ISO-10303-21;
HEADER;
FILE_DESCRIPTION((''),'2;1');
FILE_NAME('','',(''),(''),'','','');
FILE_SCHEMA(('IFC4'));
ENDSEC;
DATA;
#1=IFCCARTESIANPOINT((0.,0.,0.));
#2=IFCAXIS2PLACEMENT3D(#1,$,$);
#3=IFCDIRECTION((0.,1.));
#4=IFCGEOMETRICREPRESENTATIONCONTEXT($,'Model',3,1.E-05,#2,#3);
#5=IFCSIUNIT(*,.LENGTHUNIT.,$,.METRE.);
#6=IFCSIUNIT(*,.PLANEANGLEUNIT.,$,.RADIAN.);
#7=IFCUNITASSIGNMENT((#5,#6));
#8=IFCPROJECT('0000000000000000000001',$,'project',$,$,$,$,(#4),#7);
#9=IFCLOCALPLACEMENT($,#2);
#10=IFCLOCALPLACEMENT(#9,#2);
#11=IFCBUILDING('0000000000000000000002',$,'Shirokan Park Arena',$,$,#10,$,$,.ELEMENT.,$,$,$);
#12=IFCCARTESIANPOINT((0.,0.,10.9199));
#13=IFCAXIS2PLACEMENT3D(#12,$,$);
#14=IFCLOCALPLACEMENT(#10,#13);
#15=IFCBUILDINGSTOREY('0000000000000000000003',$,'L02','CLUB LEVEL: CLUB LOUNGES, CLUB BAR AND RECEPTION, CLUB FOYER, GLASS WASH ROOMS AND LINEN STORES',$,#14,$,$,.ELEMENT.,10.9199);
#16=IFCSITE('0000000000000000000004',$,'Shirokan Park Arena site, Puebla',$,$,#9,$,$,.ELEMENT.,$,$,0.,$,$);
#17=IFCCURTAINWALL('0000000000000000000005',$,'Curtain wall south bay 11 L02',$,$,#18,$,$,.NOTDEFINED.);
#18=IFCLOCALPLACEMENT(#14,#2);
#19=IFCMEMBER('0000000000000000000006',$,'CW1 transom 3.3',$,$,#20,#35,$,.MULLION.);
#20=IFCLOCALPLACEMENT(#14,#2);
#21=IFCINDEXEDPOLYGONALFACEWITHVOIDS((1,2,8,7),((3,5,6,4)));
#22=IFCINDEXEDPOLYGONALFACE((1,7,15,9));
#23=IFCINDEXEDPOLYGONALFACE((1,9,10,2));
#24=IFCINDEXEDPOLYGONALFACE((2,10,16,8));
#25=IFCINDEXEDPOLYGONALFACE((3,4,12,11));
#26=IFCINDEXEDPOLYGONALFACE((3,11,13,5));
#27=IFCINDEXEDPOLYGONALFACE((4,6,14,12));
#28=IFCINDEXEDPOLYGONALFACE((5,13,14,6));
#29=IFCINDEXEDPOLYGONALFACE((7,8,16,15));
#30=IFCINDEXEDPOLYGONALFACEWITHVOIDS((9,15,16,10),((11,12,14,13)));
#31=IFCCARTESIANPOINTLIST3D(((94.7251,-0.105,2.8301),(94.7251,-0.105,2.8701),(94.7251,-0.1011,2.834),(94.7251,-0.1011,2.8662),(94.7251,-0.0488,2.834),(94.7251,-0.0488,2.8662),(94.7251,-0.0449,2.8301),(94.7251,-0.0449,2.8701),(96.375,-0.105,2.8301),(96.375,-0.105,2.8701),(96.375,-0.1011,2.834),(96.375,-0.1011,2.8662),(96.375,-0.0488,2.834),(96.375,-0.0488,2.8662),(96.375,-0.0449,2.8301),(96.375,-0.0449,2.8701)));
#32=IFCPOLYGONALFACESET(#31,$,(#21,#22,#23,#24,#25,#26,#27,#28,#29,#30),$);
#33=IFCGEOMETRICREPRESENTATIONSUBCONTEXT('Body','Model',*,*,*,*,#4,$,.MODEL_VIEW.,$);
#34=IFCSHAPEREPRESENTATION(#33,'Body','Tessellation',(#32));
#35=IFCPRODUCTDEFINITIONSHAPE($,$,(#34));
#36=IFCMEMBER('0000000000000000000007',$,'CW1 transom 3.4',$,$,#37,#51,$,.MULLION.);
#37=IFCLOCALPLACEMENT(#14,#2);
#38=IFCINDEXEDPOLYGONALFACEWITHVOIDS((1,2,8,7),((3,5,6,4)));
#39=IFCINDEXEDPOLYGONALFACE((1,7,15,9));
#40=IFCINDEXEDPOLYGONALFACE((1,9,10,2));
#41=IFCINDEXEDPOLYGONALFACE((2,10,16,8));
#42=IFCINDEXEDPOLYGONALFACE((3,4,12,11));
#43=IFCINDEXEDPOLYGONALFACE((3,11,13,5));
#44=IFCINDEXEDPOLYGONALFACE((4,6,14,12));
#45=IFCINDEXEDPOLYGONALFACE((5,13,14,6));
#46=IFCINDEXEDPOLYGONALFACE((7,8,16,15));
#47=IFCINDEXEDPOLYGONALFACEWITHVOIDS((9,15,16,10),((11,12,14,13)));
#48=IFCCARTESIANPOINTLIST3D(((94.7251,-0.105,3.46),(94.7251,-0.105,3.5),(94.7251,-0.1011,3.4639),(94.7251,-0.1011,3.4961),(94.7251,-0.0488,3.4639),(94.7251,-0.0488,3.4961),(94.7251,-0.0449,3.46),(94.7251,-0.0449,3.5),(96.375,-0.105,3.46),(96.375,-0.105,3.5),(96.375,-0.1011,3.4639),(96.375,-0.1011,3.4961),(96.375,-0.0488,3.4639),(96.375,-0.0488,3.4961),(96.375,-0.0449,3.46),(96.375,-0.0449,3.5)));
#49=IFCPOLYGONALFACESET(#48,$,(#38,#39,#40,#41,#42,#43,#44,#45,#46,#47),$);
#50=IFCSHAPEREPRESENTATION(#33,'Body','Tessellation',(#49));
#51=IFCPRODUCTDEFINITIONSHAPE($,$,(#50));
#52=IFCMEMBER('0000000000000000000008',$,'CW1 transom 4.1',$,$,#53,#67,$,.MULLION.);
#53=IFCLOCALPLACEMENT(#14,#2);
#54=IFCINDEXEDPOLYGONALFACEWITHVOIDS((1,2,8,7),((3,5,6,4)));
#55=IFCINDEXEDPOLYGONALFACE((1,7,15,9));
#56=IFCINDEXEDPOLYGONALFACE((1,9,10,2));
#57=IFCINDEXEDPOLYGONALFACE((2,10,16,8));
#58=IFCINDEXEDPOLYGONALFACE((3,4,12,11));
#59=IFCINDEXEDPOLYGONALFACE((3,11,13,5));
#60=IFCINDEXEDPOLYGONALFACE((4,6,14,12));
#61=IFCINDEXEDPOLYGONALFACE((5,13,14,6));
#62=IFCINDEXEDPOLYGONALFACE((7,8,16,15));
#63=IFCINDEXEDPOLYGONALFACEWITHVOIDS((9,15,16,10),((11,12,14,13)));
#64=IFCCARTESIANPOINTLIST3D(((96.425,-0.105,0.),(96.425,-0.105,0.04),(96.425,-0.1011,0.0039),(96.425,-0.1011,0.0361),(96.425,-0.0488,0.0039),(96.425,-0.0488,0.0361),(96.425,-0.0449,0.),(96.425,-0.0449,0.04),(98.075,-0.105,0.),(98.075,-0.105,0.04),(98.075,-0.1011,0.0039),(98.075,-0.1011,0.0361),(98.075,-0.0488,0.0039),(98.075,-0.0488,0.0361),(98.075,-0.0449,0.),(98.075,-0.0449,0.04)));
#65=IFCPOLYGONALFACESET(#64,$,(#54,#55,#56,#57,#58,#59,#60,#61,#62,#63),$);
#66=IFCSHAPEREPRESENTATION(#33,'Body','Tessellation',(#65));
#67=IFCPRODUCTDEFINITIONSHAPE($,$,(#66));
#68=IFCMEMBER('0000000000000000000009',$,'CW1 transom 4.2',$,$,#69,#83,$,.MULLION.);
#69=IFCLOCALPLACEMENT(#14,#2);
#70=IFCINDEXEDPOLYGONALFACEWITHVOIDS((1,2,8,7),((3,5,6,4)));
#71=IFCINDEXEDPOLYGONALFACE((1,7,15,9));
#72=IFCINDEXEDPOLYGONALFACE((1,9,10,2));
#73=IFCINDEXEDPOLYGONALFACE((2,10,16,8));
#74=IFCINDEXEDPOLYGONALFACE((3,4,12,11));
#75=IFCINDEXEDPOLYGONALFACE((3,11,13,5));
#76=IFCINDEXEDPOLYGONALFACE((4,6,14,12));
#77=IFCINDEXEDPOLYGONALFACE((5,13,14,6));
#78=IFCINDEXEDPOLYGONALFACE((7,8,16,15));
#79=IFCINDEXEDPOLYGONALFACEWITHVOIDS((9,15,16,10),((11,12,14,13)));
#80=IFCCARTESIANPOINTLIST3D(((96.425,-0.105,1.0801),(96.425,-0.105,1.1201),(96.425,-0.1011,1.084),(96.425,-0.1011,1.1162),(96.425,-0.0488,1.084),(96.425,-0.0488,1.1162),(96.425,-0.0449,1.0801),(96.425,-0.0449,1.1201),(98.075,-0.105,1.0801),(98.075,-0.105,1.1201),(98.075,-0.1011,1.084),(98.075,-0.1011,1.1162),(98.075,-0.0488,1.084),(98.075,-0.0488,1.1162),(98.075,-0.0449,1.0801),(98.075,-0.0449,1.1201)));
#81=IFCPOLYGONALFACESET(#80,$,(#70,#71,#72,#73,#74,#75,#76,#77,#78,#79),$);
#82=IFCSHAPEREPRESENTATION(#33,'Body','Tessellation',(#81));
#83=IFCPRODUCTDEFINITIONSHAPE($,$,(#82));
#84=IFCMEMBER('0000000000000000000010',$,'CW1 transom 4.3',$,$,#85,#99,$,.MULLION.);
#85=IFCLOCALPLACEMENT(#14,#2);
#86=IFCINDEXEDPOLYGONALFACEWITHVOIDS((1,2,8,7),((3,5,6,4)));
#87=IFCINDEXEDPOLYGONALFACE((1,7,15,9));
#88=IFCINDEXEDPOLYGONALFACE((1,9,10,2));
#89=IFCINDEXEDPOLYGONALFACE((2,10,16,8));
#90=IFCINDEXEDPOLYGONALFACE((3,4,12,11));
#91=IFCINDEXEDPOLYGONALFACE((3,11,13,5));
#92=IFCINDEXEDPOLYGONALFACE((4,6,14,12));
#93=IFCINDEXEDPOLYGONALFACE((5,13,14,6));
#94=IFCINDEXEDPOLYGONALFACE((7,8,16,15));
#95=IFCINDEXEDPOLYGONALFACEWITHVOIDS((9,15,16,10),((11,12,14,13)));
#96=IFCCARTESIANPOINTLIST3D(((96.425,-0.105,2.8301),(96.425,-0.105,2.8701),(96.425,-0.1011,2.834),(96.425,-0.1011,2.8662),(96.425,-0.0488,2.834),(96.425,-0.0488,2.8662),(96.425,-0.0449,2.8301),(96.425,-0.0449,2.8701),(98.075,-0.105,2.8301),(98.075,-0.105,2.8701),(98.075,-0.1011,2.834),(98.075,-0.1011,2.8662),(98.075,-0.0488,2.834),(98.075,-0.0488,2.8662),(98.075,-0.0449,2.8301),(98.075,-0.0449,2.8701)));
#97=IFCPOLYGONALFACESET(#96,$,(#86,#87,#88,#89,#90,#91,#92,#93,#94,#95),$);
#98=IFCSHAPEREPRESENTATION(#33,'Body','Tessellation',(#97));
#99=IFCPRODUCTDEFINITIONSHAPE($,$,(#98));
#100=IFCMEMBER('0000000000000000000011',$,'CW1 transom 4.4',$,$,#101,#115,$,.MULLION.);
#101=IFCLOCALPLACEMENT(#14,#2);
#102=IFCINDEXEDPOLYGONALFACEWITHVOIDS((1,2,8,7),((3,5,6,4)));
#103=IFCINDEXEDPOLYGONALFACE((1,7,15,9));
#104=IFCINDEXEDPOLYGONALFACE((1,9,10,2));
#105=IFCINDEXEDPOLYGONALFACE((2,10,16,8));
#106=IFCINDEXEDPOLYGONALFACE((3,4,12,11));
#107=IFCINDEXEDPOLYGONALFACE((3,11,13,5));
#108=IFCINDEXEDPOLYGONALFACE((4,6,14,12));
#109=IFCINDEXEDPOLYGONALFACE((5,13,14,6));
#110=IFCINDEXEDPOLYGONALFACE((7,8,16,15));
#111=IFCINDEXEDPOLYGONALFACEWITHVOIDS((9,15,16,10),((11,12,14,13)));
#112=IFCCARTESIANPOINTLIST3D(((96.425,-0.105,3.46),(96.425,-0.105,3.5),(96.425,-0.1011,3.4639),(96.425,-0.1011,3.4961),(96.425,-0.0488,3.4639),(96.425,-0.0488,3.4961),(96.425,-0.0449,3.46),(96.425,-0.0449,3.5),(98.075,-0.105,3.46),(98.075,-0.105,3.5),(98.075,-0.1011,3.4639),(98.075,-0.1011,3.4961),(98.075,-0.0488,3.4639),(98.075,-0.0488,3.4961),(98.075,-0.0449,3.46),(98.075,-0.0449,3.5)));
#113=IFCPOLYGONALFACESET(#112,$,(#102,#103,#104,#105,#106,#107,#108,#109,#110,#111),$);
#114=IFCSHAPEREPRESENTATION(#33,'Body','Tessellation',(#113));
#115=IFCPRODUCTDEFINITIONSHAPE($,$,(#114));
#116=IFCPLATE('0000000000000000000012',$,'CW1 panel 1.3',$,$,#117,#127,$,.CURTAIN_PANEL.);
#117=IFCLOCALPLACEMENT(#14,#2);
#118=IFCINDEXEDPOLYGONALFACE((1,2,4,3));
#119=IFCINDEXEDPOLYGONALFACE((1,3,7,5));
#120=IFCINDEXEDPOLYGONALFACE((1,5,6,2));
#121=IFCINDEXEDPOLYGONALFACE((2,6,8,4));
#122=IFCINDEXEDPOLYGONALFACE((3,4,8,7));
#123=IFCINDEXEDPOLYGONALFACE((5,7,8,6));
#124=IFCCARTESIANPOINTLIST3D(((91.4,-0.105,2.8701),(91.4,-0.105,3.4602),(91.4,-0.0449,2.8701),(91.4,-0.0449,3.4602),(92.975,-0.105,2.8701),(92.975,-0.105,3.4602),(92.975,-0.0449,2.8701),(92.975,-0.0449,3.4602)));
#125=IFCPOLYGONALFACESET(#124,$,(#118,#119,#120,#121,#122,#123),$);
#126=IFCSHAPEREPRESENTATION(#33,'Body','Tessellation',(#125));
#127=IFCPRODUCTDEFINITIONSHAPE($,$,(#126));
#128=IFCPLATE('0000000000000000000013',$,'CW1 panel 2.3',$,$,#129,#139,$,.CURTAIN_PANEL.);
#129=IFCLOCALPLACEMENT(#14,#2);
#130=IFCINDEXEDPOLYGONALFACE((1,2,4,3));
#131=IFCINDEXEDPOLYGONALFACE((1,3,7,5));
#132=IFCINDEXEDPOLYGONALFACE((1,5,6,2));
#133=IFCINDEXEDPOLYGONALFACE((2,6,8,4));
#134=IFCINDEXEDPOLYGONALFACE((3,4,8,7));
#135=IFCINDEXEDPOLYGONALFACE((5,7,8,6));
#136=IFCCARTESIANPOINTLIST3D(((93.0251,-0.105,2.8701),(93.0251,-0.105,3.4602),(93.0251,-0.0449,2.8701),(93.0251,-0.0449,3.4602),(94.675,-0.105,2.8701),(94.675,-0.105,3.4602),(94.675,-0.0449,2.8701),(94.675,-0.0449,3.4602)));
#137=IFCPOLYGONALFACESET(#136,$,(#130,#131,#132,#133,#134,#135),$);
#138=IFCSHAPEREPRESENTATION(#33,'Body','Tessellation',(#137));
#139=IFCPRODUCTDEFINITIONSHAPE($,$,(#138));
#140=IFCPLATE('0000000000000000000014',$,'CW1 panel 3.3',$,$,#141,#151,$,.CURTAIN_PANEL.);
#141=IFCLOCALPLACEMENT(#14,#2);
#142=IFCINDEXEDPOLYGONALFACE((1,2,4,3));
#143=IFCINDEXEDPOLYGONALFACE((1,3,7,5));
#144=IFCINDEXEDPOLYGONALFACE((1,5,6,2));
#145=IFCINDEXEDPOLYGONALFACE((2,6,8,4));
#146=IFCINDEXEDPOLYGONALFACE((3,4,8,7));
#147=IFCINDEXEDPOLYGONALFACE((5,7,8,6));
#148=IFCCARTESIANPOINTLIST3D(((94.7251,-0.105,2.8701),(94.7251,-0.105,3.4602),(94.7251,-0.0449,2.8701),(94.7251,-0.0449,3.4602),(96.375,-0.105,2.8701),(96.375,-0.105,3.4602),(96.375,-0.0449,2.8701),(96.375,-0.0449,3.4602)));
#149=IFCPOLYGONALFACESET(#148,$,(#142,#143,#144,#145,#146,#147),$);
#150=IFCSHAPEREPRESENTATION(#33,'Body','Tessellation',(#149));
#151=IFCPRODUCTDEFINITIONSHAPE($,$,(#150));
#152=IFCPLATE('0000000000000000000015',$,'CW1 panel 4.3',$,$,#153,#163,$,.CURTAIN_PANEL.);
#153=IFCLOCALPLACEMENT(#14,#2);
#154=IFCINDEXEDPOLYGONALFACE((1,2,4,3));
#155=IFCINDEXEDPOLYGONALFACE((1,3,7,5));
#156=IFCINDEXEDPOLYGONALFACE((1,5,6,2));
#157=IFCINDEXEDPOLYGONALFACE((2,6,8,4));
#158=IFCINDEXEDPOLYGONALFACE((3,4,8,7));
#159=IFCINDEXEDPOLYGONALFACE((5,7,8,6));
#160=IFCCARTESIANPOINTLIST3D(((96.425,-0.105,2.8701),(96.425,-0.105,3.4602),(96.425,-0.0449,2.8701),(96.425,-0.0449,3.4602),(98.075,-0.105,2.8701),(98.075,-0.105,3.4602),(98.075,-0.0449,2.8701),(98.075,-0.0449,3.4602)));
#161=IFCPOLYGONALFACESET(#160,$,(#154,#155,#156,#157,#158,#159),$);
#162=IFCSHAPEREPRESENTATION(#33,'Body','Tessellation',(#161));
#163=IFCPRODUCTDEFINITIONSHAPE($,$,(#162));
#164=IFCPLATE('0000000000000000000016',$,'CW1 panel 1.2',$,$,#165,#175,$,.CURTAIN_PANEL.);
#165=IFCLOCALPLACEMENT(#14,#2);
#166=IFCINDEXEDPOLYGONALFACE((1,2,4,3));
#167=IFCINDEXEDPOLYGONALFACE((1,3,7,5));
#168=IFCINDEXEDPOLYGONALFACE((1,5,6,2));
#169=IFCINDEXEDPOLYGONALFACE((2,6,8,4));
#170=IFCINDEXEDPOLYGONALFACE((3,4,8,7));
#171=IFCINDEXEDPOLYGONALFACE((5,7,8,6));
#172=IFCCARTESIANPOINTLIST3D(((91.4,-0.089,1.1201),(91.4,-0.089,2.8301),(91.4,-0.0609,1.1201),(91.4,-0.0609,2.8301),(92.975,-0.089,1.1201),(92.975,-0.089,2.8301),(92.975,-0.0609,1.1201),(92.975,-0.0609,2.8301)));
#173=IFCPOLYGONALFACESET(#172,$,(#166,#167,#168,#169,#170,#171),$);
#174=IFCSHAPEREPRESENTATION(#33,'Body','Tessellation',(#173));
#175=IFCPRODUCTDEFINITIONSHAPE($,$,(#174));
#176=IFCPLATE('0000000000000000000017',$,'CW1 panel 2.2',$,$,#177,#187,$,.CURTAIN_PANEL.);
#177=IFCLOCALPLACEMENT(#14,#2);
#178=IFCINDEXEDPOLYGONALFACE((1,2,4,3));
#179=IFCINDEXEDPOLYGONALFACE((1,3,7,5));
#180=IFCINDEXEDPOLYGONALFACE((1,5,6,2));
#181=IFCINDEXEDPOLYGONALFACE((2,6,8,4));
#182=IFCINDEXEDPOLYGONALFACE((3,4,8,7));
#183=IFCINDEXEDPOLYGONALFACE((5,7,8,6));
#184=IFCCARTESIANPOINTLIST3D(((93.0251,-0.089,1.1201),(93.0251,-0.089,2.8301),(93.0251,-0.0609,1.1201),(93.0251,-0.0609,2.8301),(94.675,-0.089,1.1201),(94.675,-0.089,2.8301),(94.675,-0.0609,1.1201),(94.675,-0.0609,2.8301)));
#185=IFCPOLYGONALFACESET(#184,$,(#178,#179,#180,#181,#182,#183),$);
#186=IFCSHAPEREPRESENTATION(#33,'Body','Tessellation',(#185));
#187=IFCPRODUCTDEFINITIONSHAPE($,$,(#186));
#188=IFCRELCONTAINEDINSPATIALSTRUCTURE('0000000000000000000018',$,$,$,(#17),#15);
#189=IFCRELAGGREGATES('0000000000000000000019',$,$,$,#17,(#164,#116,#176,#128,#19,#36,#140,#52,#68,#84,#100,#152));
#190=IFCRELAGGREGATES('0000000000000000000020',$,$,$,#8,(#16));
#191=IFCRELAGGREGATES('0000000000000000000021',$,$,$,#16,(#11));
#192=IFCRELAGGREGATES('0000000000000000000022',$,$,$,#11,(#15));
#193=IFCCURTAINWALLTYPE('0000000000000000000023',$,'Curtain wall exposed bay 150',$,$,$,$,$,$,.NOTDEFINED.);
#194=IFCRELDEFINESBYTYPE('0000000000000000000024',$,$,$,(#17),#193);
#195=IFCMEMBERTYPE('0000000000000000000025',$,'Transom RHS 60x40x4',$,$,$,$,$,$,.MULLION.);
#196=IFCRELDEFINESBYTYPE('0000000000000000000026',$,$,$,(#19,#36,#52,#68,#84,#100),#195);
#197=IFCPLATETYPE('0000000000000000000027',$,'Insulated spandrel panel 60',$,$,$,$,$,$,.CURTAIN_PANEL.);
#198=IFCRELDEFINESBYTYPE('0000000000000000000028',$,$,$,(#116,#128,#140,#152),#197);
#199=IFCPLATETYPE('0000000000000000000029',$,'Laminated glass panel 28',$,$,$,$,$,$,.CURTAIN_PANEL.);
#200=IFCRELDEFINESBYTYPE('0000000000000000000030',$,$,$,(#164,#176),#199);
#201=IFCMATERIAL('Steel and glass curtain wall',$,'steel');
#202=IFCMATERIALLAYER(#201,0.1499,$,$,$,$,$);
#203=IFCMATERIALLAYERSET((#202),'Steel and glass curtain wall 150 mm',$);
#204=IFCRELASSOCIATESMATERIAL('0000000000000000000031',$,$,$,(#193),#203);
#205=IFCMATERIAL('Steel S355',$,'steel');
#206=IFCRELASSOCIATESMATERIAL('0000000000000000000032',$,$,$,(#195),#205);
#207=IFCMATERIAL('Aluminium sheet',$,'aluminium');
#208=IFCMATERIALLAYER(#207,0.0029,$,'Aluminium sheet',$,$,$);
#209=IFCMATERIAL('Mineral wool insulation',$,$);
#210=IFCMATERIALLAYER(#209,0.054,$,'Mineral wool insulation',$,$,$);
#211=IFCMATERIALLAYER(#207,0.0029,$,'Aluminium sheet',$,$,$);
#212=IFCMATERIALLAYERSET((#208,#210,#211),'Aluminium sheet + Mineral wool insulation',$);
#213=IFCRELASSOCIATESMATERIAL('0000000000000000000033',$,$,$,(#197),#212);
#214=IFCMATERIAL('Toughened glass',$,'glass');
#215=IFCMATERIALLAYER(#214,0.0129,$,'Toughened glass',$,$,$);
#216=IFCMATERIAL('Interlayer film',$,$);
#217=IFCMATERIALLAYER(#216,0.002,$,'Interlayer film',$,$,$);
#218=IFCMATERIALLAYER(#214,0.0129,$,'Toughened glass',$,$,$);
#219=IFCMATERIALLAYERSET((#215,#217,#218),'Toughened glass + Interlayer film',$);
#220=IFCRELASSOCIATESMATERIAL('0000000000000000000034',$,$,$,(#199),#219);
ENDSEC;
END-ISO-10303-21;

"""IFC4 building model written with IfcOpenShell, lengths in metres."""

from ifc_helpers import new_model, si_unit, direction, frame, origin, origin_2d, place, context, subcontext, project, spatial, rectangle, hollow_rectangle, extrude, material, layer, layer_set, material_profile, profile_set, type_object, element, aggregate, save


model = new_model("IFC4")

# Units and contexts
model_context = context("Model", 3, precision=1e-05, world=origin(), true_north=direction((0.0, 1.0)))
body_context = subcontext(model_context, "Body", "Model", "MODEL_VIEW")
ifc_project = project(units=[si_unit("LENGTHUNIT", "METRE"), si_unit("PLANEANGLEUNIT", "RADIAN")], contexts=[model_context])

# Site, building, storey
site_placement = place(None, origin())
site = spatial("IfcSite", under=ifc_project, at=site_placement, Name="Shirokan Park Arena site, Puebla", CompositionType="ELEMENT", RefElevation=0.0)
building_placement = place(site_placement, origin())
building = spatial("IfcBuilding", under=site, at=building_placement, Name="Shirokan Park Arena", CompositionType="ELEMENT")
storey_placement = place(building_placement, frame((0.0, 0.0, 10.9199)))
storey = spatial("IfcBuildingStorey", under=building, at=storey_placement, Name="L02", Description="CLUB LEVEL: CLUB LOUNGES, CLUB BAR AND RECEPTION, CLUB FOYER, GLASS WASH ROOMS AND LINEN STORES", CompositionType="ELEMENT", Elevation=10.9199)

# Curtain wall, members, plates
ifc_material_1 = material(Name="Steel and glass curtain wall", Category="steel")
ifc_layer_1 = layer(ifc_material_1, 0.1499)
ifc_layer_set_1 = layer_set([ifc_layer_1], Name="Steel and glass curtain wall 150 mm")
curtain_wall_type = type_object("IfcCurtainWallType", Name="Curtain wall exposed bay 150", PredefinedType="NOTDEFINED", material=ifc_layer_set_1)
curtain_wall_placement = place(storey_placement, origin())
curtain_wall = element("IfcCurtainWall", 1, at=curtain_wall_placement, inside=storey, type_object=curtain_wall_type, Name="Curtain wall south bay 11 L02", PredefinedType="NOTDEFINED")
ifc_material_2 = material(Name="Steel S355", Category="steel")
ifc_material_profile_1 = material_profile(ifc_material_2, hollow_rectangle(XDim=0.0601, YDim=0.04, WallThickness=0.0039, at=origin_2d()), Name="RHS 60x40x4")
ifc_profile_set_1 = profile_set([ifc_material_profile_1], Name="Steel S355")
member_type_1 = type_object("IfcMemberType", Name="Transom RHS 60x40x4", PredefinedType="MULLION", material=ifc_profile_set_1)
member_1_placement = place(storey_placement, frame((94.7251, -0.075, 2.8501), z_axis=(1.0, 0.0, 0.0), x_axis=(0.0, 1.0, 0.0)))
member_1 = element("IfcMember", 2, at=member_1_placement, type_object=member_type_1, Name="CW1 transom 3.3", PredefinedType="MULLION", context=body_context, shape_type="SweptSolid", body=[
    extrude(hollow_rectangle(XDim=0.0601, YDim=0.04, WallThickness=0.0039, at=origin_2d()), origin(), (0.0, 0.0, 1.0), 1.6499),
])
member_2_placement = place(storey_placement, frame((94.7251, -0.075, 3.48), z_axis=(1.0, 0.0, 0.0), x_axis=(0.0, 1.0, 0.0)))
member_2 = element("IfcMember", 3, at=member_2_placement, type_object=member_type_1, Name="CW1 transom 3.4", PredefinedType="MULLION", context=body_context, shape_type="SweptSolid", body=[
    extrude(hollow_rectangle(XDim=0.0601, YDim=0.04, WallThickness=0.0039, at=origin_2d()), origin(), (0.0, 0.0, 1.0), 1.6499),
])
member_3_placement = place(storey_placement, frame((96.425, -0.075, 0.02), z_axis=(1.0, 0.0, 0.0), x_axis=(0.0, 1.0, 0.0)))
member_3 = element("IfcMember", 4, at=member_3_placement, type_object=member_type_1, Name="CW1 transom 4.1", PredefinedType="MULLION", context=body_context, shape_type="SweptSolid", body=[
    extrude(hollow_rectangle(XDim=0.0601, YDim=0.04, WallThickness=0.0039, at=origin_2d()), origin(), (0.0, 0.0, 1.0), 1.6499),
])
member_4_placement = place(storey_placement, frame((96.425, -0.075, 1.1001), z_axis=(1.0, 0.0, 0.0), x_axis=(0.0, 1.0, 0.0)))
member_4 = element("IfcMember", 5, at=member_4_placement, type_object=member_type_1, Name="CW1 transom 4.2", PredefinedType="MULLION", context=body_context, shape_type="SweptSolid", body=[
    extrude(hollow_rectangle(XDim=0.0601, YDim=0.04, WallThickness=0.0039, at=origin_2d()), origin(), (0.0, 0.0, 1.0), 1.6499),
])
member_5_placement = place(storey_placement, frame((96.425, -0.075, 2.8501), z_axis=(1.0, 0.0, 0.0), x_axis=(0.0, 1.0, 0.0)))
member_5 = element("IfcMember", 6, at=member_5_placement, type_object=member_type_1, Name="CW1 transom 4.3", PredefinedType="MULLION", context=body_context, shape_type="SweptSolid", body=[
    extrude(hollow_rectangle(XDim=0.0601, YDim=0.04, WallThickness=0.0039, at=origin_2d()), origin(), (0.0, 0.0, 1.0), 1.6499),
])
member_6_placement = place(storey_placement, frame((96.425, -0.075, 3.48), z_axis=(1.0, 0.0, 0.0), x_axis=(0.0, 1.0, 0.0)))
member_6 = element("IfcMember", 7, at=member_6_placement, type_object=member_type_1, Name="CW1 transom 4.4", PredefinedType="MULLION", context=body_context, shape_type="SweptSolid", body=[
    extrude(hollow_rectangle(XDim=0.0601, YDim=0.04, WallThickness=0.0039, at=origin_2d()), origin(), (0.0, 0.0, 1.0), 1.6499),
])
ifc_material_3 = material(Name="Aluminium sheet", Category="aluminium")
ifc_layer_2 = layer(ifc_material_3, 0.0029, Name="Aluminium sheet")
ifc_material_4 = material(Name="Mineral wool insulation")
ifc_layer_3 = layer(ifc_material_4, 0.054, Name="Mineral wool insulation")
ifc_layer_4 = layer(ifc_material_3, 0.0029, Name="Aluminium sheet")
ifc_layer_set_2 = layer_set([ifc_layer_2, ifc_layer_3, ifc_layer_4], Name="Aluminium sheet + Mineral wool insulation")
plate_type_1 = type_object("IfcPlateType", Name="Insulated spandrel panel 60", PredefinedType="CURTAIN_PANEL", material=ifc_layer_set_2)
plate_1_placement = place(storey_placement, frame((92.1875, -0.075, 2.8701), z_axis=(0.0, 0.0, 1.0), x_axis=(1.0, 0.0, 0.0)))
plate_1 = element("IfcPlate", 8, at=plate_1_placement, type_object=plate_type_1, Name="CW1 panel 1.3", PredefinedType="CURTAIN_PANEL", context=body_context, shape_type="SweptSolid", body=[
    extrude(rectangle(XDim=1.575, YDim=0.0601, at=origin_2d()), origin(), (0.0, 0.0, 1.0), 0.5901),
])
plate_2_placement = place(storey_placement, frame((93.8501, -0.075, 2.8701), z_axis=(0.0, 0.0, 1.0), x_axis=(1.0, 0.0, 0.0)))
plate_2 = element("IfcPlate", 9, at=plate_2_placement, type_object=plate_type_1, Name="CW1 panel 2.3", PredefinedType="CURTAIN_PANEL", context=body_context, shape_type="SweptSolid", body=[
    extrude(rectangle(XDim=1.6499, YDim=0.0601, at=origin_2d()), origin(), (0.0, 0.0, 1.0), 0.5901),
])
plate_3_placement = place(storey_placement, frame((95.55, -0.075, 2.8701), z_axis=(0.0, 0.0, 1.0), x_axis=(1.0, 0.0, 0.0)))
plate_3 = element("IfcPlate", 10, at=plate_3_placement, type_object=plate_type_1, Name="CW1 panel 3.3", PredefinedType="CURTAIN_PANEL", context=body_context, shape_type="SweptSolid", body=[
    extrude(rectangle(XDim=1.6499, YDim=0.0601, at=origin_2d()), origin(), (0.0, 0.0, 1.0), 0.5901),
])
plate_4_placement = place(storey_placement, frame((97.25, -0.075, 2.8701), z_axis=(0.0, 0.0, 1.0), x_axis=(1.0, 0.0, 0.0)))
plate_4 = element("IfcPlate", 11, at=plate_4_placement, type_object=plate_type_1, Name="CW1 panel 4.3", PredefinedType="CURTAIN_PANEL", context=body_context, shape_type="SweptSolid", body=[
    extrude(rectangle(XDim=1.6499, YDim=0.0601, at=origin_2d()), origin(), (0.0, 0.0, 1.0), 0.5901),
])
ifc_material_5 = material(Name="Toughened glass", Category="glass")
ifc_layer_5 = layer(ifc_material_5, 0.0129, Name="Toughened glass")
ifc_material_6 = material(Name="Interlayer film")
ifc_layer_6 = layer(ifc_material_6, 0.002, Name="Interlayer film")
ifc_layer_7 = layer(ifc_material_5, 0.0129, Name="Toughened glass")
ifc_layer_set_3 = layer_set([ifc_layer_5, ifc_layer_6, ifc_layer_7], Name="Toughened glass + Interlayer film")
plate_type_2 = type_object("IfcPlateType", Name="Laminated glass panel 28", PredefinedType="CURTAIN_PANEL", material=ifc_layer_set_3)
plate_5_placement = place(storey_placement, frame((92.1875, -0.075, 1.1201), z_axis=(0.0, 0.0, 1.0), x_axis=(1.0, 0.0, 0.0)))
plate_5 = element("IfcPlate", 12, at=plate_5_placement, type_object=plate_type_2, Name="CW1 panel 1.2", PredefinedType="CURTAIN_PANEL", context=body_context, shape_type="SweptSolid", body=[
    extrude(rectangle(XDim=1.575, YDim=0.0281, at=origin_2d()), origin(), (0.0, 0.0, 1.0), 1.71),
])
plate_6_placement = place(storey_placement, frame((93.8501, -0.075, 1.1201), z_axis=(0.0, 0.0, 1.0), x_axis=(1.0, 0.0, 0.0)))
plate_6 = element("IfcPlate", 13, at=plate_6_placement, type_object=plate_type_2, Name="CW1 panel 2.2", PredefinedType="CURTAIN_PANEL", context=body_context, shape_type="SweptSolid", body=[
    extrude(rectangle(XDim=1.6499, YDim=0.0281, at=origin_2d()), origin(), (0.0, 0.0, 1.0), 1.71),
])
aggregate(curtain_wall, [plate_5, plate_1, plate_6, plate_2, member_1, member_2, plate_3, member_3, member_4, member_5, member_6, plate_4])

save(model, "model.ifc")
